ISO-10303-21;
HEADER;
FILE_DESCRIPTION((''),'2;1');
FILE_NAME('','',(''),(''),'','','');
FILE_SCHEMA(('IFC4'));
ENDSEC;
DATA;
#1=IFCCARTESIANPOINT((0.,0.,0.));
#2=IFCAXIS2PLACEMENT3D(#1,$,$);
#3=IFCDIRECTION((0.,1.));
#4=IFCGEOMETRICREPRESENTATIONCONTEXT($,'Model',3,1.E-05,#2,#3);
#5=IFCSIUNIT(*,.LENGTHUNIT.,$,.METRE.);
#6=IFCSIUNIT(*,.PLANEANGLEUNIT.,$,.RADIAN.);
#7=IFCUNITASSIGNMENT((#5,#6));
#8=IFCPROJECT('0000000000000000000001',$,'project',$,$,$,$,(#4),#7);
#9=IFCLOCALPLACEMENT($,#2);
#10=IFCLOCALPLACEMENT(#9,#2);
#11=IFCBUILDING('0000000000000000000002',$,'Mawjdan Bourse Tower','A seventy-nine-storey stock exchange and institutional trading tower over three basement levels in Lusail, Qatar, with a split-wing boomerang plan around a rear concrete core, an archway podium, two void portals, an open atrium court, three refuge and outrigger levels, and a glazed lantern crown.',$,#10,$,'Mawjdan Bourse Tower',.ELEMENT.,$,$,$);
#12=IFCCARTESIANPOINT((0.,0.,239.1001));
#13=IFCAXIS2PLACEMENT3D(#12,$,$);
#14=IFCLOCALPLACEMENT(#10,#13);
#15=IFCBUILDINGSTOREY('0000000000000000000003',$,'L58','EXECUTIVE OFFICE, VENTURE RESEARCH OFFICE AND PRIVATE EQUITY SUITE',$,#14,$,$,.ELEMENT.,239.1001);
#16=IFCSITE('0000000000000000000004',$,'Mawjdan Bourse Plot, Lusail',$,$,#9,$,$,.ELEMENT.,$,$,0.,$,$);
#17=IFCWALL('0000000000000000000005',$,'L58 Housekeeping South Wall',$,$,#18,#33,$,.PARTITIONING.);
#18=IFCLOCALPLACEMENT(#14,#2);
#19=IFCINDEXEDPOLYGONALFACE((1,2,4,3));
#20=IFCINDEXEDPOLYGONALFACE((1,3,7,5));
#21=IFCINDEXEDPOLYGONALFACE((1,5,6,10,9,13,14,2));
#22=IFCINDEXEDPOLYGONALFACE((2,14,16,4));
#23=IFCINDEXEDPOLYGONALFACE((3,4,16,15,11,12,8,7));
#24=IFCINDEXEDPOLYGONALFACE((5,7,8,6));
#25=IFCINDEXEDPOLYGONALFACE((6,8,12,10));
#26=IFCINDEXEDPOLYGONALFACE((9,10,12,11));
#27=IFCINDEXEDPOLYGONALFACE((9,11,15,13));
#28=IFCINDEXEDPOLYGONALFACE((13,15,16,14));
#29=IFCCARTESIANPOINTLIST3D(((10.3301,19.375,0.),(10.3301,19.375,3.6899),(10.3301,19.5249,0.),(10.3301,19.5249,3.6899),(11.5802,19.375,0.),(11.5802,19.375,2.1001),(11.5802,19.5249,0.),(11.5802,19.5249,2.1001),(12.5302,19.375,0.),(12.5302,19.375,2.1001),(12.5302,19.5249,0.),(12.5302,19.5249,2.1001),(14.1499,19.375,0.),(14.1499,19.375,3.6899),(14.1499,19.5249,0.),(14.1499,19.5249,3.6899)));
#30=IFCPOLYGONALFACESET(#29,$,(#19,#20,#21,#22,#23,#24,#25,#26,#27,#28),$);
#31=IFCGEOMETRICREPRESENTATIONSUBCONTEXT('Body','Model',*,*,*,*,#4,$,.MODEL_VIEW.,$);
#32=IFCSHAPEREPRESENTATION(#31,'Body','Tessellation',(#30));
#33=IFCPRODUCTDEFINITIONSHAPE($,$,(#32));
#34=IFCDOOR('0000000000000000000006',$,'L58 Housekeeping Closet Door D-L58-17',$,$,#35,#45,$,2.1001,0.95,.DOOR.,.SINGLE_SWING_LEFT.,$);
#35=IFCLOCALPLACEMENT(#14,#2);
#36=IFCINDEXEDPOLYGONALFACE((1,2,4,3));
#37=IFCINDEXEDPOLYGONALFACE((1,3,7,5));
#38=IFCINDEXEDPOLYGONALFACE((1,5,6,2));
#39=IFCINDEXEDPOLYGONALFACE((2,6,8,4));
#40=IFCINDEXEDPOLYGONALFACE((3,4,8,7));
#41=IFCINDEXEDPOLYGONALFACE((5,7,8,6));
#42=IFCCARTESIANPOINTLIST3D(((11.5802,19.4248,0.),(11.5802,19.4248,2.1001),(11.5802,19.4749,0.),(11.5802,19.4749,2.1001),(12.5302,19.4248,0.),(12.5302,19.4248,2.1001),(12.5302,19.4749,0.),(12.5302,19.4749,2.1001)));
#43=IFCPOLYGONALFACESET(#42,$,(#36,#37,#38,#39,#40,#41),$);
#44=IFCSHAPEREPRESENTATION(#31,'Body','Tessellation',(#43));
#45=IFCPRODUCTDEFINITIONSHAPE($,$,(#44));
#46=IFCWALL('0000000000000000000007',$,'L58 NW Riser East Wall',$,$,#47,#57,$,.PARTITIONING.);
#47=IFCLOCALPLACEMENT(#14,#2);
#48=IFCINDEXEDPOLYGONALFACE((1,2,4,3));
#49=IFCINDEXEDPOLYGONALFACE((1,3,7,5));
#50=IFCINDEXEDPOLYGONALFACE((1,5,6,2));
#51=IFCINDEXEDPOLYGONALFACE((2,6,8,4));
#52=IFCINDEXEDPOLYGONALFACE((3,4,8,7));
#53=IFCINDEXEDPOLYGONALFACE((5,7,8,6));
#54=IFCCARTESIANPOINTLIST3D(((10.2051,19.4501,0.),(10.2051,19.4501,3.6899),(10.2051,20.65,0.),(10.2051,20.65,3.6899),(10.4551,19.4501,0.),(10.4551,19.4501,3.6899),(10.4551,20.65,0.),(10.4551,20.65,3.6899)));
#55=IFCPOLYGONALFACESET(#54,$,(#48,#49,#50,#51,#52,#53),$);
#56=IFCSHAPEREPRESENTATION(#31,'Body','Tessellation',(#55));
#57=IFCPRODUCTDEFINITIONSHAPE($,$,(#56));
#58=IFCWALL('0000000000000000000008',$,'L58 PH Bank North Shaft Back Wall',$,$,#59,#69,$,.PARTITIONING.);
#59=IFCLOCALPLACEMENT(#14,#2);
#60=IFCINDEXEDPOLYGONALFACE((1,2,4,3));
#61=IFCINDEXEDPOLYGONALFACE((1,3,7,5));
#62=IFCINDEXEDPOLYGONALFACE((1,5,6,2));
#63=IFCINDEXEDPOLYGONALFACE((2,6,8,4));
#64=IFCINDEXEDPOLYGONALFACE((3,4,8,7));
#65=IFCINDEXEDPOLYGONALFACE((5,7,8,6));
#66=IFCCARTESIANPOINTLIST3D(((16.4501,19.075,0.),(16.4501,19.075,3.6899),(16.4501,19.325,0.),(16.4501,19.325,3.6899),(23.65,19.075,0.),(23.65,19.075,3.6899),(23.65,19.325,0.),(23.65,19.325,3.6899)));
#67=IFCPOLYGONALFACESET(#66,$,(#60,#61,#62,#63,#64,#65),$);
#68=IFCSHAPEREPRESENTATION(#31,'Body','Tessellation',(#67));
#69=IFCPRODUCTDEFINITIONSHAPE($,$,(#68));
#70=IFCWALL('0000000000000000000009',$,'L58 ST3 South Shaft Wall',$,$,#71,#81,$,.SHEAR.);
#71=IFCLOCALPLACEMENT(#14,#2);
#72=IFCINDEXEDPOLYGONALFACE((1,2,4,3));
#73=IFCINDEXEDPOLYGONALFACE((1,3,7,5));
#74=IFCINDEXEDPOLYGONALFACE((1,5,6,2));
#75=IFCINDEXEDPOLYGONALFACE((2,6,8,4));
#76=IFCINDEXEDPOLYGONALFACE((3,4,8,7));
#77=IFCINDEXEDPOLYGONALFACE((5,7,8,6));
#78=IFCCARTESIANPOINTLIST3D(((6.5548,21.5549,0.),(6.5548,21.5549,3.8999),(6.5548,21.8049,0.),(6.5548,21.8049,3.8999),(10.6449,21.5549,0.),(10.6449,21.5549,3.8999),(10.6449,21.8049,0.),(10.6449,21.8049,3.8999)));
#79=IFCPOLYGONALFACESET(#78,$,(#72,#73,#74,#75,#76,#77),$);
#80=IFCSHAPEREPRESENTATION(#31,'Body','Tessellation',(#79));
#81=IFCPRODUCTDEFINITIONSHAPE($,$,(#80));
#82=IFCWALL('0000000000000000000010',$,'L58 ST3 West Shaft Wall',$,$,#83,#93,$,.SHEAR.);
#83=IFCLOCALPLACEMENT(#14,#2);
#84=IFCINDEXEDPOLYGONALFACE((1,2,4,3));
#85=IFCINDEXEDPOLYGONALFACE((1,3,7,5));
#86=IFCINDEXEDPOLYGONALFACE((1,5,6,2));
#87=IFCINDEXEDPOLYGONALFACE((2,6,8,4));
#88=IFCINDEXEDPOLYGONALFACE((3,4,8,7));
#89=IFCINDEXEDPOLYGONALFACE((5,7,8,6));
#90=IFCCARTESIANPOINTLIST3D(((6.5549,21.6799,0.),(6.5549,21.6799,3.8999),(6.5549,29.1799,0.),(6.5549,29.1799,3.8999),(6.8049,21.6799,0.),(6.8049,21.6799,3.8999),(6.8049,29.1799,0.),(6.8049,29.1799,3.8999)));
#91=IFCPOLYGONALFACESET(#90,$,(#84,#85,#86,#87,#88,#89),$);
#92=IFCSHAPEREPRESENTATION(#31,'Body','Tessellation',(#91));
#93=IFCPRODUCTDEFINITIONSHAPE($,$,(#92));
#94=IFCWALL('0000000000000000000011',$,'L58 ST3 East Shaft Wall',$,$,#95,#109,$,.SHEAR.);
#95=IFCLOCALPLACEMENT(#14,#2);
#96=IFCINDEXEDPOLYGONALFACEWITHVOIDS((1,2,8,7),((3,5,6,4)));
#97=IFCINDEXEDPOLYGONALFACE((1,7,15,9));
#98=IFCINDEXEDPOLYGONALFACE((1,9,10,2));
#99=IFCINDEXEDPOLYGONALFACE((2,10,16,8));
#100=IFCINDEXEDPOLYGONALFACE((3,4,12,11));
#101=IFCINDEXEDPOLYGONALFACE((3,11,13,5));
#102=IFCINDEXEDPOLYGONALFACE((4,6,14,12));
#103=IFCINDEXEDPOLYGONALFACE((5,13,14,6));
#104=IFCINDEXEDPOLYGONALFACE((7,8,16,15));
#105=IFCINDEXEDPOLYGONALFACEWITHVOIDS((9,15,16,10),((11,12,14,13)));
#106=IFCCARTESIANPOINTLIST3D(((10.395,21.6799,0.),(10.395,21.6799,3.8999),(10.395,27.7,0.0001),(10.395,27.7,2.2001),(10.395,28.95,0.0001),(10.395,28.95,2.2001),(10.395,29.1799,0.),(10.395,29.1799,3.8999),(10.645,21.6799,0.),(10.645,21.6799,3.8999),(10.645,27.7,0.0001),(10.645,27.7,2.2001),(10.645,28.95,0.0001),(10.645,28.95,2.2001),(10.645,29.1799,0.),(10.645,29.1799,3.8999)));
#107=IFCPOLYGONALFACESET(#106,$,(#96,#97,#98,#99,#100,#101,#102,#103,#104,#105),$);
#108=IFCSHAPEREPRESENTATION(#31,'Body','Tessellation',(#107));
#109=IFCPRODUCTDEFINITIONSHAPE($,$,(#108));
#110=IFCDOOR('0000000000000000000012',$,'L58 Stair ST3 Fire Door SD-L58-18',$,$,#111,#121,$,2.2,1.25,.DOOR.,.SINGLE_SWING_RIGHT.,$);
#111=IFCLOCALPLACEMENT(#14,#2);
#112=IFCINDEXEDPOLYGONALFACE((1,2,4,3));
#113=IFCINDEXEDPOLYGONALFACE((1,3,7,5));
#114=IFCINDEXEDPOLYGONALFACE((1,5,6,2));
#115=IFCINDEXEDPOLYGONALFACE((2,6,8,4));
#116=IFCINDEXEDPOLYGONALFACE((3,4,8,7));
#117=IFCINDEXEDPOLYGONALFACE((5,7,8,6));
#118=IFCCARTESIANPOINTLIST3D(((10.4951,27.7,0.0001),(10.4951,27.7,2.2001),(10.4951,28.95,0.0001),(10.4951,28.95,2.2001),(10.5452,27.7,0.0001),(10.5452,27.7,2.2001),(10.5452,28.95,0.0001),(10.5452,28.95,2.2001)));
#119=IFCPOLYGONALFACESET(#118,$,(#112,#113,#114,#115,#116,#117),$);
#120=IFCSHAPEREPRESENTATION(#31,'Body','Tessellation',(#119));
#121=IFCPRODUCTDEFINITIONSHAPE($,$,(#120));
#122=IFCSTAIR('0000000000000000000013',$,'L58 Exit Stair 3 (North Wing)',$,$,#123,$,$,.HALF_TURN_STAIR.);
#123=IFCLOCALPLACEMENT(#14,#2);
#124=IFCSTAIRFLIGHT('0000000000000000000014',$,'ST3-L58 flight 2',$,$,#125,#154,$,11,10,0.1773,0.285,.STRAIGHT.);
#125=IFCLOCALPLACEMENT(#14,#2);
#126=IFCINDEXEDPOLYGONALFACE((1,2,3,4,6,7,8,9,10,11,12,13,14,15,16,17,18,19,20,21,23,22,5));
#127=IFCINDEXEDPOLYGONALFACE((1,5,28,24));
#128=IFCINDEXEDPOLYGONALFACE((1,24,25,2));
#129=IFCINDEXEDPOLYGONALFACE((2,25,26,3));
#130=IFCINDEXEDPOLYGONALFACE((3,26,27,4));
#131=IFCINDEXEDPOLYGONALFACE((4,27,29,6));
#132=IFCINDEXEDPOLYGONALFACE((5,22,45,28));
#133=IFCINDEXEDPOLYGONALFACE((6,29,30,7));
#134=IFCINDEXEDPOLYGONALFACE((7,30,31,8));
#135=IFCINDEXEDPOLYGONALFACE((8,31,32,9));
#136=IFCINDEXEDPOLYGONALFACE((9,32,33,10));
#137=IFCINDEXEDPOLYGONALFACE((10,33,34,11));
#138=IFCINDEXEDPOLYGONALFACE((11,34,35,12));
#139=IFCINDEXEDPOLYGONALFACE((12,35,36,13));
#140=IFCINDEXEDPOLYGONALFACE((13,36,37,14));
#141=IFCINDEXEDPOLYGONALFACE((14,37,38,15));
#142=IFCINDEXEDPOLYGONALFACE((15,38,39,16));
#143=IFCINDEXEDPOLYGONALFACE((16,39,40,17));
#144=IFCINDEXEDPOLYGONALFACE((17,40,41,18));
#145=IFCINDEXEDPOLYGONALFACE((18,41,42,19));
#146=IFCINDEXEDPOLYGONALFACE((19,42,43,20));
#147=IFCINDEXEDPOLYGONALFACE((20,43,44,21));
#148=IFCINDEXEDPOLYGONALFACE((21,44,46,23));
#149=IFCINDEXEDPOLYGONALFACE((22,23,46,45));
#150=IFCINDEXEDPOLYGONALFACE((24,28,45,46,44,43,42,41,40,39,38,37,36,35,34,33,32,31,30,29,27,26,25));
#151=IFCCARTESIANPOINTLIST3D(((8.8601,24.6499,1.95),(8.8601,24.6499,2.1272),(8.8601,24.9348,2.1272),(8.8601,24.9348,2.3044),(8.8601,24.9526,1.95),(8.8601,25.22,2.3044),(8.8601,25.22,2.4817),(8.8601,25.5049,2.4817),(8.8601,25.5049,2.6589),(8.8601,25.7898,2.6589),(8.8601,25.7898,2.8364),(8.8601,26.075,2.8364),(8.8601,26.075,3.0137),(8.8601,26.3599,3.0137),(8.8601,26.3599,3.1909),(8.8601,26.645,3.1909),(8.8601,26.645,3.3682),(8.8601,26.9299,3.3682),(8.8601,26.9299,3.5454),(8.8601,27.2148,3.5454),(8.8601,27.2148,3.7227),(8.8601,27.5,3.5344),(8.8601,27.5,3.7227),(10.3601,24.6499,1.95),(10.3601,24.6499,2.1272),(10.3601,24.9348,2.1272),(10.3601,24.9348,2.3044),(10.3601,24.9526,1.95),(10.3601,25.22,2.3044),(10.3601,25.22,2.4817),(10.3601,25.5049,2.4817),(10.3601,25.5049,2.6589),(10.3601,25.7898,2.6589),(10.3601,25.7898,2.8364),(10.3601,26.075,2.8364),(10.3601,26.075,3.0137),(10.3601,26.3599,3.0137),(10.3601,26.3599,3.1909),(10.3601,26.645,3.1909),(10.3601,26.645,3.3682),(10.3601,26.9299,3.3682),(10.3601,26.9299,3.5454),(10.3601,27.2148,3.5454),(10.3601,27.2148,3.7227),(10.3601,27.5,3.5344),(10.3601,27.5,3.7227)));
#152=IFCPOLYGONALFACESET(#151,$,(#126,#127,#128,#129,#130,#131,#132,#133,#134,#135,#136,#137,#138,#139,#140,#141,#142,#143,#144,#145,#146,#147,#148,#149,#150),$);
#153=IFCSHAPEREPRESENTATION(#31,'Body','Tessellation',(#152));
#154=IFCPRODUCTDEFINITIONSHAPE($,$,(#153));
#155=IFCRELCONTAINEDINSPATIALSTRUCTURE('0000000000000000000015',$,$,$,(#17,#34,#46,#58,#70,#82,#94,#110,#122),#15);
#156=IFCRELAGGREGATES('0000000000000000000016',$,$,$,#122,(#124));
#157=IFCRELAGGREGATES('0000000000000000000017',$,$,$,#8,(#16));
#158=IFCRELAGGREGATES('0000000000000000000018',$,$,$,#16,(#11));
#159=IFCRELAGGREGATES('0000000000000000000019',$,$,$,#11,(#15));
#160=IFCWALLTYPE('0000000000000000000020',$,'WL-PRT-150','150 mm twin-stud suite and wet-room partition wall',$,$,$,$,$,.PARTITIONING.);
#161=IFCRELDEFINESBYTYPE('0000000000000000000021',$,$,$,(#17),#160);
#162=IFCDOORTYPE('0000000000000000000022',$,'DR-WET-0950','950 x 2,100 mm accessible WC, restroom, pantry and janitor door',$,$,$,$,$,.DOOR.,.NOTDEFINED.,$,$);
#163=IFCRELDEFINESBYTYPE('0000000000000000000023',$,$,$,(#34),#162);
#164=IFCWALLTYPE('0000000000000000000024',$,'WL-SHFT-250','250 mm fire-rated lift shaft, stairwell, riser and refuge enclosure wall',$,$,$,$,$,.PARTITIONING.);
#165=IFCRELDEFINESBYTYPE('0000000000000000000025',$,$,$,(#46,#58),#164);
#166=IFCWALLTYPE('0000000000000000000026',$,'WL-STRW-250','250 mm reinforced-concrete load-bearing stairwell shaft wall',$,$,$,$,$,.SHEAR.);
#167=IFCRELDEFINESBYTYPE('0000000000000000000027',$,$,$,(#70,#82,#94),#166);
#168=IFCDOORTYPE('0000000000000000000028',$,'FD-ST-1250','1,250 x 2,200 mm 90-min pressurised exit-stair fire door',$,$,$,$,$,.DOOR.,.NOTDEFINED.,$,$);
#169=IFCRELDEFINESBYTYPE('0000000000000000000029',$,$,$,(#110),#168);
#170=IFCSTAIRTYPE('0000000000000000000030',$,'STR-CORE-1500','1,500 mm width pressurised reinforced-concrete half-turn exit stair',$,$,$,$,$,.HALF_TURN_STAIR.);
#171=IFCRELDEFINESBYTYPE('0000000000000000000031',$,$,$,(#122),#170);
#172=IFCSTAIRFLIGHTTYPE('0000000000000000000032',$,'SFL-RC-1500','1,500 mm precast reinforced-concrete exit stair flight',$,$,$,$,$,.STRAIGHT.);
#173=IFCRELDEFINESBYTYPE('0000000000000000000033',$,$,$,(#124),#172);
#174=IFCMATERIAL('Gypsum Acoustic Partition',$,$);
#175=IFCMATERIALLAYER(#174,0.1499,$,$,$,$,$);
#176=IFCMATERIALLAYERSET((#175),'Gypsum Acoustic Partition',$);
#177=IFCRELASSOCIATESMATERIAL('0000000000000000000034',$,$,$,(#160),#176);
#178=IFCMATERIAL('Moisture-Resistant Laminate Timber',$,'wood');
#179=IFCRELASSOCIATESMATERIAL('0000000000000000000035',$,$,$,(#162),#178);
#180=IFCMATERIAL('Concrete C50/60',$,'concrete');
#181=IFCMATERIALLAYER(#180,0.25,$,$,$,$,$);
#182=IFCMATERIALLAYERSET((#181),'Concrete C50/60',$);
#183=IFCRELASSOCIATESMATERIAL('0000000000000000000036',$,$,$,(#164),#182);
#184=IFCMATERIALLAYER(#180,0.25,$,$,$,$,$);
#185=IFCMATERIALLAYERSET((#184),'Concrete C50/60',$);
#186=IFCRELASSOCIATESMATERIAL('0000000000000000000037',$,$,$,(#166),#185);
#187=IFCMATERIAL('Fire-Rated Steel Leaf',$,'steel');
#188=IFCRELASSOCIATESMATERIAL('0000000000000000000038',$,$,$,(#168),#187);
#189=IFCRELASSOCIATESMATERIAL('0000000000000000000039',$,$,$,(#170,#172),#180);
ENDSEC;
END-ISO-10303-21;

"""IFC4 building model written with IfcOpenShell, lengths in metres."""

from ifc_helpers import new_model, si_unit, direction, frame, frame_2d, origin, place, context, subcontext, project, spatial, polyline, rectangle, outline, extrude, material, layer, layer_set, type_object, element, fill, aggregate, save


model = new_model("IFC4")

# Units and contexts
model_context = context("Model", 3, precision=1e-05, world=origin(), true_north=direction((0.0, 1.0)))
body_context = subcontext(model_context, "Body", "Model", "MODEL_VIEW")
ifc_project = project(units=[si_unit("LENGTHUNIT", "METRE"), si_unit("PLANEANGLEUNIT", "RADIAN")], contexts=[model_context])

# Site, building, storey
site_placement = place(None, origin())
site = spatial("IfcSite", under=ifc_project, at=site_placement, Name="Mawjdan Bourse Plot, Lusail", CompositionType="ELEMENT", RefElevation=0.0)
building_placement = place(site_placement, origin())
building = spatial("IfcBuilding", under=site, at=building_placement, Name="Mawjdan Bourse Tower", Description="A seventy-nine-storey stock exchange and institutional trading tower over three basement levels in Lusail, Qatar, with a split-wing boomerang plan around a rear concrete core, an archway podium, two void portals, an open atrium court, three refuge and outrigger levels, and a glazed lantern crown.", LongName="Mawjdan Bourse Tower", CompositionType="ELEMENT")
storey_placement = place(building_placement, frame((0.0, 0.0, 239.1001)))
storey = spatial("IfcBuildingStorey", under=building, at=storey_placement, Name="L58", Description="EXECUTIVE OFFICE, VENTURE RESEARCH OFFICE AND PRIVATE EQUITY SUITE", CompositionType="ELEMENT", Elevation=239.1001)

# Wall, opening, door
ifc_material_1 = material(Name="Gypsum Acoustic Partition")
ifc_layer_1 = layer(ifc_material_1, 0.1499)
ifc_layer_set_1 = layer_set([ifc_layer_1], Name="Gypsum Acoustic Partition")
wall_type_1 = type_object("IfcWallType", Name="WL-PRT-150", Description="150 mm twin-stud suite and wet-room partition wall", PredefinedType="PARTITIONING", material=ifc_layer_set_1)
wall_1_placement = place(storey_placement, frame((10.3301, 19.45, 0.0), z_axis=(0.0, 0.0, 1.0), x_axis=(1.0, 0.0, 0.0)))
wall_1 = element("IfcWall", 1, at=wall_1_placement, inside=storey, type_object=wall_type_1, Name="L58 Housekeeping South Wall", PredefinedType="PARTITIONING", context=body_context, shape_type="SweptSolid", body=[
    extrude(rectangle(XDim=3.8198, YDim=0.1499, at=frame_2d((1.9099, 0.0))), origin(), (0.0, 0.0, 1.0), 3.6899),
])
opening_1_placement = place(wall_1_placement, frame((1.25, 0.0, 0.0)))
opening_1 = element("IfcOpeningElement", 2, at=opening_1_placement, cuts=wall_1, PredefinedType="OPENING", context=body_context, shape_type="SweptSolid", body=[
    extrude(rectangle(XDim=0.95, YDim=2.1001, at=frame_2d((0.4751, 1.05))), frame((0.0, 0.085, 0.0), z_axis=(0.0, -1.0, 0.0), x_axis=(1.0, 0.0, 0.0)), (0.0, 0.0, 1.0), 0.1699),
])
ifc_material_2 = material(Name="Moisture-Resistant Laminate Timber", Category="wood")
door_type_1 = type_object("IfcDoorType", Name="DR-WET-0950", Description="950 x 2,100 mm accessible WC, restroom, pantry and janitor door", OperationType="NOTDEFINED", PredefinedType="DOOR", material=ifc_material_2)
door_1_placement = place(opening_1_placement, origin())
door_1 = element("IfcDoor", 3, at=door_1_placement, inside=storey, type_object=door_type_1, Name="L58 Housekeeping Closet Door D-L58-17", OperationType="SINGLE_SWING_LEFT", OverallHeight=2.1001, OverallWidth=0.95, PredefinedType="DOOR", context=body_context, shape_type="SweptSolid", body=[
    extrude(rectangle(XDim=0.95, YDim=2.1001, at=frame_2d((0.4751, 1.05))), frame((0.0, 0.0249, 0.0), z_axis=(0.0, -1.0, 0.0), x_axis=(1.0, 0.0, 0.0)), (0.0, 0.0, 1.0), 0.05),
])
fill(opening_1, door_1)

# Walls
ifc_material_3 = material(Name="Concrete C50/60", Category="concrete")
ifc_layer_2 = layer(ifc_material_3, 0.25)
ifc_layer_set_2 = layer_set([ifc_layer_2], Name="Concrete C50/60")
wall_type_2 = type_object("IfcWallType", Name="WL-SHFT-250", Description="250 mm fire-rated lift shaft, stairwell, riser and refuge enclosure wall", PredefinedType="PARTITIONING", material=ifc_layer_set_2)
wall_2_placement = place(storey_placement, frame((10.3301, 19.45, 0.0), z_axis=(0.0, 0.0, 1.0), x_axis=(0.0, 1.0, 0.0)))
element("IfcWall", 4, at=wall_2_placement, inside=storey, type_object=wall_type_2, Name="L58 NW Riser East Wall", PredefinedType="PARTITIONING", context=body_context, shape_type="SweptSolid", body=[
    extrude(rectangle(XDim=1.2, YDim=0.25, at=frame_2d((0.6001, 0.0))), origin(), (0.0, 0.0, 1.0), 3.6899),
])
wall_3_placement = place(storey_placement, frame((16.45, 19.2, 0.0), z_axis=(0.0, 0.0, 1.0), x_axis=(1.0, 0.0, 0.0)))
element("IfcWall", 5, at=wall_3_placement, inside=storey, type_object=wall_type_2, Name="L58 PH Bank North Shaft Back Wall", PredefinedType="PARTITIONING", context=body_context, shape_type="SweptSolid", body=[
    extrude(rectangle(XDim=7.2, YDim=0.25, at=frame_2d((3.6001, 0.0))), origin(), (0.0, 0.0, 1.0), 3.6899),
])
ifc_layer_3 = layer(ifc_material_3, 0.25)
ifc_layer_set_3 = layer_set([ifc_layer_3], Name="Concrete C50/60")
wall_type_3 = type_object("IfcWallType", Name="WL-STRW-250", Description="250 mm reinforced-concrete load-bearing stairwell shaft wall", PredefinedType="SHEAR", material=ifc_layer_set_3)
wall_4_placement = place(storey_placement, frame((6.5549, 21.6799, 0.0), z_axis=(0.0, 0.0, 1.0), x_axis=(1.0, 0.0, 0.0)))
element("IfcWall", 6, at=wall_4_placement, inside=storey, type_object=wall_type_3, Name="L58 ST3 South Shaft Wall", PredefinedType="SHEAR", context=body_context, shape_type="SweptSolid", body=[
    extrude(rectangle(XDim=4.0901, YDim=0.25, at=frame_2d((2.0449, 0.0))), origin(), (0.0, 0.0, 1.0), 3.8999),
])
wall_5_placement = place(storey_placement, frame((6.6799, 21.6799, 0.0), z_axis=(0.0, 0.0, 1.0), x_axis=(0.0, 1.0, 0.0)))
element("IfcWall", 7, at=wall_5_placement, inside=storey, type_object=wall_type_3, Name="L58 ST3 West Shaft Wall", PredefinedType="SHEAR", context=body_context, shape_type="SweptSolid", body=[
    extrude(rectangle(XDim=7.5, YDim=0.25, at=frame_2d((3.75, 0.0))), origin(), (0.0, 0.0, 1.0), 3.8999),
])

# Wall, opening, door
wall_6_placement = place(storey_placement, frame((10.52, 21.6799, 0.0), z_axis=(0.0, 0.0, 1.0), x_axis=(0.0, 1.0, 0.0)))
wall_6 = element("IfcWall", 8, at=wall_6_placement, inside=storey, type_object=wall_type_3, Name="L58 ST3 East Shaft Wall", PredefinedType="SHEAR", context=body_context, shape_type="SweptSolid", body=[
    extrude(rectangle(XDim=7.5, YDim=0.25, at=frame_2d((3.75, 0.0))), origin(), (0.0, 0.0, 1.0), 3.8999),
])
opening_2_placement = place(wall_6_placement, frame((6.02, 0.0, 0.0)))
opening_2 = element("IfcOpeningElement", 9, at=opening_2_placement, cuts=wall_6, PredefinedType="OPENING", context=body_context, shape_type="SweptSolid", body=[
    extrude(rectangle(XDim=1.25, YDim=2.2, at=frame_2d((0.625, 1.1001))), frame((0.0, 0.135, 0.0), z_axis=(0.0, -1.0, 0.0), x_axis=(1.0, 0.0, 0.0)), (0.0, 0.0, 1.0), 0.27),
])
ifc_material_4 = material(Name="Fire-Rated Steel Leaf", Category="steel")
door_type_2 = type_object("IfcDoorType", Name="FD-ST-1250", Description="1,250 x 2,200 mm 90-min pressurised exit-stair fire door", OperationType="NOTDEFINED", PredefinedType="DOOR", material=ifc_material_4)
door_2_placement = place(opening_2_placement, origin())
door_2 = element("IfcDoor", 10, at=door_2_placement, inside=storey, type_object=door_type_2, Name="L58 Stair ST3 Fire Door SD-L58-18", OperationType="SINGLE_SWING_RIGHT", OverallHeight=2.2, OverallWidth=1.25, PredefinedType="DOOR", context=body_context, shape_type="SweptSolid", body=[
    extrude(rectangle(XDim=1.25, YDim=2.2, at=frame_2d((0.625, 1.1001))), frame((0.0, 0.0249, 0.0), z_axis=(0.0, -1.0, 0.0), x_axis=(1.0, 0.0, 0.0)), (0.0, 0.0, 1.0), 0.05),
])
fill(opening_2, door_2)

# Stair, stair flight
stair_type = type_object("IfcStairType", Name="STR-CORE-1500", Description="1,500 mm width pressurised reinforced-concrete half-turn exit stair", PredefinedType="HALF_TURN_STAIR", material=ifc_material_3)
stair_placement = place(storey_placement, origin())
stair = element("IfcStair", 11, at=stair_placement, inside=storey, type_object=stair_type, Name="L58 Exit Stair 3 (North Wing)", PredefinedType="HALF_TURN_STAIR")
stair_flight_type = type_object("IfcStairFlightType", Name="SFL-RC-1500", Description="1,500 mm precast reinforced-concrete exit stair flight", PredefinedType="STRAIGHT", material=ifc_material_3)
stair_flight_placement = place(storey_placement, frame((9.6101, 24.6499, 1.95), z_axis=(0.0, 0.0, 1.0), x_axis=(0.0, 1.0, 0.0)))
stair_flight = element("IfcStairFlight", 12, at=stair_flight_placement, type_object=stair_flight_type, Name="ST3-L58 flight 2", NumberOfRisers=11, NumberOfTreads=10, PredefinedType="STRAIGHT", RiserHeight=0.1773, TreadLength=0.285, context=body_context, shape_type="SweptSolid", body=[
    extrude(outline(polyline([(0.0, 0.0), (0.0, 0.1772), (0.2849, 0.1772), (0.2849, 0.3545), (0.5701, 0.3545), (0.5701, 0.5317), (0.855, 0.5317), (0.855, 0.709), (1.1399, 0.709), (1.1399, 0.8865), (1.425, 0.8865), (1.425, 1.0637), (1.71, 1.0637), (1.71, 1.241), (1.9951, 1.241), (1.9951, 1.4182), (2.28, 1.4182), (2.28, 1.5955), (2.5649, 1.5955), (2.5649, 1.7727), (2.8501, 1.7727), (2.8501, 1.95), (2.8501, 1.5845), (0.3027, 0.0), (0.0, 0.0)])), frame((0.0, 0.75, 0.0), z_axis=(0.0, -1.0, 0.0), x_axis=(1.0, 0.0, 0.0)), (0.0, 0.0, 1.0), 1.5),
])
aggregate(stair, [stair_flight])

save(model, "model.ifc")
